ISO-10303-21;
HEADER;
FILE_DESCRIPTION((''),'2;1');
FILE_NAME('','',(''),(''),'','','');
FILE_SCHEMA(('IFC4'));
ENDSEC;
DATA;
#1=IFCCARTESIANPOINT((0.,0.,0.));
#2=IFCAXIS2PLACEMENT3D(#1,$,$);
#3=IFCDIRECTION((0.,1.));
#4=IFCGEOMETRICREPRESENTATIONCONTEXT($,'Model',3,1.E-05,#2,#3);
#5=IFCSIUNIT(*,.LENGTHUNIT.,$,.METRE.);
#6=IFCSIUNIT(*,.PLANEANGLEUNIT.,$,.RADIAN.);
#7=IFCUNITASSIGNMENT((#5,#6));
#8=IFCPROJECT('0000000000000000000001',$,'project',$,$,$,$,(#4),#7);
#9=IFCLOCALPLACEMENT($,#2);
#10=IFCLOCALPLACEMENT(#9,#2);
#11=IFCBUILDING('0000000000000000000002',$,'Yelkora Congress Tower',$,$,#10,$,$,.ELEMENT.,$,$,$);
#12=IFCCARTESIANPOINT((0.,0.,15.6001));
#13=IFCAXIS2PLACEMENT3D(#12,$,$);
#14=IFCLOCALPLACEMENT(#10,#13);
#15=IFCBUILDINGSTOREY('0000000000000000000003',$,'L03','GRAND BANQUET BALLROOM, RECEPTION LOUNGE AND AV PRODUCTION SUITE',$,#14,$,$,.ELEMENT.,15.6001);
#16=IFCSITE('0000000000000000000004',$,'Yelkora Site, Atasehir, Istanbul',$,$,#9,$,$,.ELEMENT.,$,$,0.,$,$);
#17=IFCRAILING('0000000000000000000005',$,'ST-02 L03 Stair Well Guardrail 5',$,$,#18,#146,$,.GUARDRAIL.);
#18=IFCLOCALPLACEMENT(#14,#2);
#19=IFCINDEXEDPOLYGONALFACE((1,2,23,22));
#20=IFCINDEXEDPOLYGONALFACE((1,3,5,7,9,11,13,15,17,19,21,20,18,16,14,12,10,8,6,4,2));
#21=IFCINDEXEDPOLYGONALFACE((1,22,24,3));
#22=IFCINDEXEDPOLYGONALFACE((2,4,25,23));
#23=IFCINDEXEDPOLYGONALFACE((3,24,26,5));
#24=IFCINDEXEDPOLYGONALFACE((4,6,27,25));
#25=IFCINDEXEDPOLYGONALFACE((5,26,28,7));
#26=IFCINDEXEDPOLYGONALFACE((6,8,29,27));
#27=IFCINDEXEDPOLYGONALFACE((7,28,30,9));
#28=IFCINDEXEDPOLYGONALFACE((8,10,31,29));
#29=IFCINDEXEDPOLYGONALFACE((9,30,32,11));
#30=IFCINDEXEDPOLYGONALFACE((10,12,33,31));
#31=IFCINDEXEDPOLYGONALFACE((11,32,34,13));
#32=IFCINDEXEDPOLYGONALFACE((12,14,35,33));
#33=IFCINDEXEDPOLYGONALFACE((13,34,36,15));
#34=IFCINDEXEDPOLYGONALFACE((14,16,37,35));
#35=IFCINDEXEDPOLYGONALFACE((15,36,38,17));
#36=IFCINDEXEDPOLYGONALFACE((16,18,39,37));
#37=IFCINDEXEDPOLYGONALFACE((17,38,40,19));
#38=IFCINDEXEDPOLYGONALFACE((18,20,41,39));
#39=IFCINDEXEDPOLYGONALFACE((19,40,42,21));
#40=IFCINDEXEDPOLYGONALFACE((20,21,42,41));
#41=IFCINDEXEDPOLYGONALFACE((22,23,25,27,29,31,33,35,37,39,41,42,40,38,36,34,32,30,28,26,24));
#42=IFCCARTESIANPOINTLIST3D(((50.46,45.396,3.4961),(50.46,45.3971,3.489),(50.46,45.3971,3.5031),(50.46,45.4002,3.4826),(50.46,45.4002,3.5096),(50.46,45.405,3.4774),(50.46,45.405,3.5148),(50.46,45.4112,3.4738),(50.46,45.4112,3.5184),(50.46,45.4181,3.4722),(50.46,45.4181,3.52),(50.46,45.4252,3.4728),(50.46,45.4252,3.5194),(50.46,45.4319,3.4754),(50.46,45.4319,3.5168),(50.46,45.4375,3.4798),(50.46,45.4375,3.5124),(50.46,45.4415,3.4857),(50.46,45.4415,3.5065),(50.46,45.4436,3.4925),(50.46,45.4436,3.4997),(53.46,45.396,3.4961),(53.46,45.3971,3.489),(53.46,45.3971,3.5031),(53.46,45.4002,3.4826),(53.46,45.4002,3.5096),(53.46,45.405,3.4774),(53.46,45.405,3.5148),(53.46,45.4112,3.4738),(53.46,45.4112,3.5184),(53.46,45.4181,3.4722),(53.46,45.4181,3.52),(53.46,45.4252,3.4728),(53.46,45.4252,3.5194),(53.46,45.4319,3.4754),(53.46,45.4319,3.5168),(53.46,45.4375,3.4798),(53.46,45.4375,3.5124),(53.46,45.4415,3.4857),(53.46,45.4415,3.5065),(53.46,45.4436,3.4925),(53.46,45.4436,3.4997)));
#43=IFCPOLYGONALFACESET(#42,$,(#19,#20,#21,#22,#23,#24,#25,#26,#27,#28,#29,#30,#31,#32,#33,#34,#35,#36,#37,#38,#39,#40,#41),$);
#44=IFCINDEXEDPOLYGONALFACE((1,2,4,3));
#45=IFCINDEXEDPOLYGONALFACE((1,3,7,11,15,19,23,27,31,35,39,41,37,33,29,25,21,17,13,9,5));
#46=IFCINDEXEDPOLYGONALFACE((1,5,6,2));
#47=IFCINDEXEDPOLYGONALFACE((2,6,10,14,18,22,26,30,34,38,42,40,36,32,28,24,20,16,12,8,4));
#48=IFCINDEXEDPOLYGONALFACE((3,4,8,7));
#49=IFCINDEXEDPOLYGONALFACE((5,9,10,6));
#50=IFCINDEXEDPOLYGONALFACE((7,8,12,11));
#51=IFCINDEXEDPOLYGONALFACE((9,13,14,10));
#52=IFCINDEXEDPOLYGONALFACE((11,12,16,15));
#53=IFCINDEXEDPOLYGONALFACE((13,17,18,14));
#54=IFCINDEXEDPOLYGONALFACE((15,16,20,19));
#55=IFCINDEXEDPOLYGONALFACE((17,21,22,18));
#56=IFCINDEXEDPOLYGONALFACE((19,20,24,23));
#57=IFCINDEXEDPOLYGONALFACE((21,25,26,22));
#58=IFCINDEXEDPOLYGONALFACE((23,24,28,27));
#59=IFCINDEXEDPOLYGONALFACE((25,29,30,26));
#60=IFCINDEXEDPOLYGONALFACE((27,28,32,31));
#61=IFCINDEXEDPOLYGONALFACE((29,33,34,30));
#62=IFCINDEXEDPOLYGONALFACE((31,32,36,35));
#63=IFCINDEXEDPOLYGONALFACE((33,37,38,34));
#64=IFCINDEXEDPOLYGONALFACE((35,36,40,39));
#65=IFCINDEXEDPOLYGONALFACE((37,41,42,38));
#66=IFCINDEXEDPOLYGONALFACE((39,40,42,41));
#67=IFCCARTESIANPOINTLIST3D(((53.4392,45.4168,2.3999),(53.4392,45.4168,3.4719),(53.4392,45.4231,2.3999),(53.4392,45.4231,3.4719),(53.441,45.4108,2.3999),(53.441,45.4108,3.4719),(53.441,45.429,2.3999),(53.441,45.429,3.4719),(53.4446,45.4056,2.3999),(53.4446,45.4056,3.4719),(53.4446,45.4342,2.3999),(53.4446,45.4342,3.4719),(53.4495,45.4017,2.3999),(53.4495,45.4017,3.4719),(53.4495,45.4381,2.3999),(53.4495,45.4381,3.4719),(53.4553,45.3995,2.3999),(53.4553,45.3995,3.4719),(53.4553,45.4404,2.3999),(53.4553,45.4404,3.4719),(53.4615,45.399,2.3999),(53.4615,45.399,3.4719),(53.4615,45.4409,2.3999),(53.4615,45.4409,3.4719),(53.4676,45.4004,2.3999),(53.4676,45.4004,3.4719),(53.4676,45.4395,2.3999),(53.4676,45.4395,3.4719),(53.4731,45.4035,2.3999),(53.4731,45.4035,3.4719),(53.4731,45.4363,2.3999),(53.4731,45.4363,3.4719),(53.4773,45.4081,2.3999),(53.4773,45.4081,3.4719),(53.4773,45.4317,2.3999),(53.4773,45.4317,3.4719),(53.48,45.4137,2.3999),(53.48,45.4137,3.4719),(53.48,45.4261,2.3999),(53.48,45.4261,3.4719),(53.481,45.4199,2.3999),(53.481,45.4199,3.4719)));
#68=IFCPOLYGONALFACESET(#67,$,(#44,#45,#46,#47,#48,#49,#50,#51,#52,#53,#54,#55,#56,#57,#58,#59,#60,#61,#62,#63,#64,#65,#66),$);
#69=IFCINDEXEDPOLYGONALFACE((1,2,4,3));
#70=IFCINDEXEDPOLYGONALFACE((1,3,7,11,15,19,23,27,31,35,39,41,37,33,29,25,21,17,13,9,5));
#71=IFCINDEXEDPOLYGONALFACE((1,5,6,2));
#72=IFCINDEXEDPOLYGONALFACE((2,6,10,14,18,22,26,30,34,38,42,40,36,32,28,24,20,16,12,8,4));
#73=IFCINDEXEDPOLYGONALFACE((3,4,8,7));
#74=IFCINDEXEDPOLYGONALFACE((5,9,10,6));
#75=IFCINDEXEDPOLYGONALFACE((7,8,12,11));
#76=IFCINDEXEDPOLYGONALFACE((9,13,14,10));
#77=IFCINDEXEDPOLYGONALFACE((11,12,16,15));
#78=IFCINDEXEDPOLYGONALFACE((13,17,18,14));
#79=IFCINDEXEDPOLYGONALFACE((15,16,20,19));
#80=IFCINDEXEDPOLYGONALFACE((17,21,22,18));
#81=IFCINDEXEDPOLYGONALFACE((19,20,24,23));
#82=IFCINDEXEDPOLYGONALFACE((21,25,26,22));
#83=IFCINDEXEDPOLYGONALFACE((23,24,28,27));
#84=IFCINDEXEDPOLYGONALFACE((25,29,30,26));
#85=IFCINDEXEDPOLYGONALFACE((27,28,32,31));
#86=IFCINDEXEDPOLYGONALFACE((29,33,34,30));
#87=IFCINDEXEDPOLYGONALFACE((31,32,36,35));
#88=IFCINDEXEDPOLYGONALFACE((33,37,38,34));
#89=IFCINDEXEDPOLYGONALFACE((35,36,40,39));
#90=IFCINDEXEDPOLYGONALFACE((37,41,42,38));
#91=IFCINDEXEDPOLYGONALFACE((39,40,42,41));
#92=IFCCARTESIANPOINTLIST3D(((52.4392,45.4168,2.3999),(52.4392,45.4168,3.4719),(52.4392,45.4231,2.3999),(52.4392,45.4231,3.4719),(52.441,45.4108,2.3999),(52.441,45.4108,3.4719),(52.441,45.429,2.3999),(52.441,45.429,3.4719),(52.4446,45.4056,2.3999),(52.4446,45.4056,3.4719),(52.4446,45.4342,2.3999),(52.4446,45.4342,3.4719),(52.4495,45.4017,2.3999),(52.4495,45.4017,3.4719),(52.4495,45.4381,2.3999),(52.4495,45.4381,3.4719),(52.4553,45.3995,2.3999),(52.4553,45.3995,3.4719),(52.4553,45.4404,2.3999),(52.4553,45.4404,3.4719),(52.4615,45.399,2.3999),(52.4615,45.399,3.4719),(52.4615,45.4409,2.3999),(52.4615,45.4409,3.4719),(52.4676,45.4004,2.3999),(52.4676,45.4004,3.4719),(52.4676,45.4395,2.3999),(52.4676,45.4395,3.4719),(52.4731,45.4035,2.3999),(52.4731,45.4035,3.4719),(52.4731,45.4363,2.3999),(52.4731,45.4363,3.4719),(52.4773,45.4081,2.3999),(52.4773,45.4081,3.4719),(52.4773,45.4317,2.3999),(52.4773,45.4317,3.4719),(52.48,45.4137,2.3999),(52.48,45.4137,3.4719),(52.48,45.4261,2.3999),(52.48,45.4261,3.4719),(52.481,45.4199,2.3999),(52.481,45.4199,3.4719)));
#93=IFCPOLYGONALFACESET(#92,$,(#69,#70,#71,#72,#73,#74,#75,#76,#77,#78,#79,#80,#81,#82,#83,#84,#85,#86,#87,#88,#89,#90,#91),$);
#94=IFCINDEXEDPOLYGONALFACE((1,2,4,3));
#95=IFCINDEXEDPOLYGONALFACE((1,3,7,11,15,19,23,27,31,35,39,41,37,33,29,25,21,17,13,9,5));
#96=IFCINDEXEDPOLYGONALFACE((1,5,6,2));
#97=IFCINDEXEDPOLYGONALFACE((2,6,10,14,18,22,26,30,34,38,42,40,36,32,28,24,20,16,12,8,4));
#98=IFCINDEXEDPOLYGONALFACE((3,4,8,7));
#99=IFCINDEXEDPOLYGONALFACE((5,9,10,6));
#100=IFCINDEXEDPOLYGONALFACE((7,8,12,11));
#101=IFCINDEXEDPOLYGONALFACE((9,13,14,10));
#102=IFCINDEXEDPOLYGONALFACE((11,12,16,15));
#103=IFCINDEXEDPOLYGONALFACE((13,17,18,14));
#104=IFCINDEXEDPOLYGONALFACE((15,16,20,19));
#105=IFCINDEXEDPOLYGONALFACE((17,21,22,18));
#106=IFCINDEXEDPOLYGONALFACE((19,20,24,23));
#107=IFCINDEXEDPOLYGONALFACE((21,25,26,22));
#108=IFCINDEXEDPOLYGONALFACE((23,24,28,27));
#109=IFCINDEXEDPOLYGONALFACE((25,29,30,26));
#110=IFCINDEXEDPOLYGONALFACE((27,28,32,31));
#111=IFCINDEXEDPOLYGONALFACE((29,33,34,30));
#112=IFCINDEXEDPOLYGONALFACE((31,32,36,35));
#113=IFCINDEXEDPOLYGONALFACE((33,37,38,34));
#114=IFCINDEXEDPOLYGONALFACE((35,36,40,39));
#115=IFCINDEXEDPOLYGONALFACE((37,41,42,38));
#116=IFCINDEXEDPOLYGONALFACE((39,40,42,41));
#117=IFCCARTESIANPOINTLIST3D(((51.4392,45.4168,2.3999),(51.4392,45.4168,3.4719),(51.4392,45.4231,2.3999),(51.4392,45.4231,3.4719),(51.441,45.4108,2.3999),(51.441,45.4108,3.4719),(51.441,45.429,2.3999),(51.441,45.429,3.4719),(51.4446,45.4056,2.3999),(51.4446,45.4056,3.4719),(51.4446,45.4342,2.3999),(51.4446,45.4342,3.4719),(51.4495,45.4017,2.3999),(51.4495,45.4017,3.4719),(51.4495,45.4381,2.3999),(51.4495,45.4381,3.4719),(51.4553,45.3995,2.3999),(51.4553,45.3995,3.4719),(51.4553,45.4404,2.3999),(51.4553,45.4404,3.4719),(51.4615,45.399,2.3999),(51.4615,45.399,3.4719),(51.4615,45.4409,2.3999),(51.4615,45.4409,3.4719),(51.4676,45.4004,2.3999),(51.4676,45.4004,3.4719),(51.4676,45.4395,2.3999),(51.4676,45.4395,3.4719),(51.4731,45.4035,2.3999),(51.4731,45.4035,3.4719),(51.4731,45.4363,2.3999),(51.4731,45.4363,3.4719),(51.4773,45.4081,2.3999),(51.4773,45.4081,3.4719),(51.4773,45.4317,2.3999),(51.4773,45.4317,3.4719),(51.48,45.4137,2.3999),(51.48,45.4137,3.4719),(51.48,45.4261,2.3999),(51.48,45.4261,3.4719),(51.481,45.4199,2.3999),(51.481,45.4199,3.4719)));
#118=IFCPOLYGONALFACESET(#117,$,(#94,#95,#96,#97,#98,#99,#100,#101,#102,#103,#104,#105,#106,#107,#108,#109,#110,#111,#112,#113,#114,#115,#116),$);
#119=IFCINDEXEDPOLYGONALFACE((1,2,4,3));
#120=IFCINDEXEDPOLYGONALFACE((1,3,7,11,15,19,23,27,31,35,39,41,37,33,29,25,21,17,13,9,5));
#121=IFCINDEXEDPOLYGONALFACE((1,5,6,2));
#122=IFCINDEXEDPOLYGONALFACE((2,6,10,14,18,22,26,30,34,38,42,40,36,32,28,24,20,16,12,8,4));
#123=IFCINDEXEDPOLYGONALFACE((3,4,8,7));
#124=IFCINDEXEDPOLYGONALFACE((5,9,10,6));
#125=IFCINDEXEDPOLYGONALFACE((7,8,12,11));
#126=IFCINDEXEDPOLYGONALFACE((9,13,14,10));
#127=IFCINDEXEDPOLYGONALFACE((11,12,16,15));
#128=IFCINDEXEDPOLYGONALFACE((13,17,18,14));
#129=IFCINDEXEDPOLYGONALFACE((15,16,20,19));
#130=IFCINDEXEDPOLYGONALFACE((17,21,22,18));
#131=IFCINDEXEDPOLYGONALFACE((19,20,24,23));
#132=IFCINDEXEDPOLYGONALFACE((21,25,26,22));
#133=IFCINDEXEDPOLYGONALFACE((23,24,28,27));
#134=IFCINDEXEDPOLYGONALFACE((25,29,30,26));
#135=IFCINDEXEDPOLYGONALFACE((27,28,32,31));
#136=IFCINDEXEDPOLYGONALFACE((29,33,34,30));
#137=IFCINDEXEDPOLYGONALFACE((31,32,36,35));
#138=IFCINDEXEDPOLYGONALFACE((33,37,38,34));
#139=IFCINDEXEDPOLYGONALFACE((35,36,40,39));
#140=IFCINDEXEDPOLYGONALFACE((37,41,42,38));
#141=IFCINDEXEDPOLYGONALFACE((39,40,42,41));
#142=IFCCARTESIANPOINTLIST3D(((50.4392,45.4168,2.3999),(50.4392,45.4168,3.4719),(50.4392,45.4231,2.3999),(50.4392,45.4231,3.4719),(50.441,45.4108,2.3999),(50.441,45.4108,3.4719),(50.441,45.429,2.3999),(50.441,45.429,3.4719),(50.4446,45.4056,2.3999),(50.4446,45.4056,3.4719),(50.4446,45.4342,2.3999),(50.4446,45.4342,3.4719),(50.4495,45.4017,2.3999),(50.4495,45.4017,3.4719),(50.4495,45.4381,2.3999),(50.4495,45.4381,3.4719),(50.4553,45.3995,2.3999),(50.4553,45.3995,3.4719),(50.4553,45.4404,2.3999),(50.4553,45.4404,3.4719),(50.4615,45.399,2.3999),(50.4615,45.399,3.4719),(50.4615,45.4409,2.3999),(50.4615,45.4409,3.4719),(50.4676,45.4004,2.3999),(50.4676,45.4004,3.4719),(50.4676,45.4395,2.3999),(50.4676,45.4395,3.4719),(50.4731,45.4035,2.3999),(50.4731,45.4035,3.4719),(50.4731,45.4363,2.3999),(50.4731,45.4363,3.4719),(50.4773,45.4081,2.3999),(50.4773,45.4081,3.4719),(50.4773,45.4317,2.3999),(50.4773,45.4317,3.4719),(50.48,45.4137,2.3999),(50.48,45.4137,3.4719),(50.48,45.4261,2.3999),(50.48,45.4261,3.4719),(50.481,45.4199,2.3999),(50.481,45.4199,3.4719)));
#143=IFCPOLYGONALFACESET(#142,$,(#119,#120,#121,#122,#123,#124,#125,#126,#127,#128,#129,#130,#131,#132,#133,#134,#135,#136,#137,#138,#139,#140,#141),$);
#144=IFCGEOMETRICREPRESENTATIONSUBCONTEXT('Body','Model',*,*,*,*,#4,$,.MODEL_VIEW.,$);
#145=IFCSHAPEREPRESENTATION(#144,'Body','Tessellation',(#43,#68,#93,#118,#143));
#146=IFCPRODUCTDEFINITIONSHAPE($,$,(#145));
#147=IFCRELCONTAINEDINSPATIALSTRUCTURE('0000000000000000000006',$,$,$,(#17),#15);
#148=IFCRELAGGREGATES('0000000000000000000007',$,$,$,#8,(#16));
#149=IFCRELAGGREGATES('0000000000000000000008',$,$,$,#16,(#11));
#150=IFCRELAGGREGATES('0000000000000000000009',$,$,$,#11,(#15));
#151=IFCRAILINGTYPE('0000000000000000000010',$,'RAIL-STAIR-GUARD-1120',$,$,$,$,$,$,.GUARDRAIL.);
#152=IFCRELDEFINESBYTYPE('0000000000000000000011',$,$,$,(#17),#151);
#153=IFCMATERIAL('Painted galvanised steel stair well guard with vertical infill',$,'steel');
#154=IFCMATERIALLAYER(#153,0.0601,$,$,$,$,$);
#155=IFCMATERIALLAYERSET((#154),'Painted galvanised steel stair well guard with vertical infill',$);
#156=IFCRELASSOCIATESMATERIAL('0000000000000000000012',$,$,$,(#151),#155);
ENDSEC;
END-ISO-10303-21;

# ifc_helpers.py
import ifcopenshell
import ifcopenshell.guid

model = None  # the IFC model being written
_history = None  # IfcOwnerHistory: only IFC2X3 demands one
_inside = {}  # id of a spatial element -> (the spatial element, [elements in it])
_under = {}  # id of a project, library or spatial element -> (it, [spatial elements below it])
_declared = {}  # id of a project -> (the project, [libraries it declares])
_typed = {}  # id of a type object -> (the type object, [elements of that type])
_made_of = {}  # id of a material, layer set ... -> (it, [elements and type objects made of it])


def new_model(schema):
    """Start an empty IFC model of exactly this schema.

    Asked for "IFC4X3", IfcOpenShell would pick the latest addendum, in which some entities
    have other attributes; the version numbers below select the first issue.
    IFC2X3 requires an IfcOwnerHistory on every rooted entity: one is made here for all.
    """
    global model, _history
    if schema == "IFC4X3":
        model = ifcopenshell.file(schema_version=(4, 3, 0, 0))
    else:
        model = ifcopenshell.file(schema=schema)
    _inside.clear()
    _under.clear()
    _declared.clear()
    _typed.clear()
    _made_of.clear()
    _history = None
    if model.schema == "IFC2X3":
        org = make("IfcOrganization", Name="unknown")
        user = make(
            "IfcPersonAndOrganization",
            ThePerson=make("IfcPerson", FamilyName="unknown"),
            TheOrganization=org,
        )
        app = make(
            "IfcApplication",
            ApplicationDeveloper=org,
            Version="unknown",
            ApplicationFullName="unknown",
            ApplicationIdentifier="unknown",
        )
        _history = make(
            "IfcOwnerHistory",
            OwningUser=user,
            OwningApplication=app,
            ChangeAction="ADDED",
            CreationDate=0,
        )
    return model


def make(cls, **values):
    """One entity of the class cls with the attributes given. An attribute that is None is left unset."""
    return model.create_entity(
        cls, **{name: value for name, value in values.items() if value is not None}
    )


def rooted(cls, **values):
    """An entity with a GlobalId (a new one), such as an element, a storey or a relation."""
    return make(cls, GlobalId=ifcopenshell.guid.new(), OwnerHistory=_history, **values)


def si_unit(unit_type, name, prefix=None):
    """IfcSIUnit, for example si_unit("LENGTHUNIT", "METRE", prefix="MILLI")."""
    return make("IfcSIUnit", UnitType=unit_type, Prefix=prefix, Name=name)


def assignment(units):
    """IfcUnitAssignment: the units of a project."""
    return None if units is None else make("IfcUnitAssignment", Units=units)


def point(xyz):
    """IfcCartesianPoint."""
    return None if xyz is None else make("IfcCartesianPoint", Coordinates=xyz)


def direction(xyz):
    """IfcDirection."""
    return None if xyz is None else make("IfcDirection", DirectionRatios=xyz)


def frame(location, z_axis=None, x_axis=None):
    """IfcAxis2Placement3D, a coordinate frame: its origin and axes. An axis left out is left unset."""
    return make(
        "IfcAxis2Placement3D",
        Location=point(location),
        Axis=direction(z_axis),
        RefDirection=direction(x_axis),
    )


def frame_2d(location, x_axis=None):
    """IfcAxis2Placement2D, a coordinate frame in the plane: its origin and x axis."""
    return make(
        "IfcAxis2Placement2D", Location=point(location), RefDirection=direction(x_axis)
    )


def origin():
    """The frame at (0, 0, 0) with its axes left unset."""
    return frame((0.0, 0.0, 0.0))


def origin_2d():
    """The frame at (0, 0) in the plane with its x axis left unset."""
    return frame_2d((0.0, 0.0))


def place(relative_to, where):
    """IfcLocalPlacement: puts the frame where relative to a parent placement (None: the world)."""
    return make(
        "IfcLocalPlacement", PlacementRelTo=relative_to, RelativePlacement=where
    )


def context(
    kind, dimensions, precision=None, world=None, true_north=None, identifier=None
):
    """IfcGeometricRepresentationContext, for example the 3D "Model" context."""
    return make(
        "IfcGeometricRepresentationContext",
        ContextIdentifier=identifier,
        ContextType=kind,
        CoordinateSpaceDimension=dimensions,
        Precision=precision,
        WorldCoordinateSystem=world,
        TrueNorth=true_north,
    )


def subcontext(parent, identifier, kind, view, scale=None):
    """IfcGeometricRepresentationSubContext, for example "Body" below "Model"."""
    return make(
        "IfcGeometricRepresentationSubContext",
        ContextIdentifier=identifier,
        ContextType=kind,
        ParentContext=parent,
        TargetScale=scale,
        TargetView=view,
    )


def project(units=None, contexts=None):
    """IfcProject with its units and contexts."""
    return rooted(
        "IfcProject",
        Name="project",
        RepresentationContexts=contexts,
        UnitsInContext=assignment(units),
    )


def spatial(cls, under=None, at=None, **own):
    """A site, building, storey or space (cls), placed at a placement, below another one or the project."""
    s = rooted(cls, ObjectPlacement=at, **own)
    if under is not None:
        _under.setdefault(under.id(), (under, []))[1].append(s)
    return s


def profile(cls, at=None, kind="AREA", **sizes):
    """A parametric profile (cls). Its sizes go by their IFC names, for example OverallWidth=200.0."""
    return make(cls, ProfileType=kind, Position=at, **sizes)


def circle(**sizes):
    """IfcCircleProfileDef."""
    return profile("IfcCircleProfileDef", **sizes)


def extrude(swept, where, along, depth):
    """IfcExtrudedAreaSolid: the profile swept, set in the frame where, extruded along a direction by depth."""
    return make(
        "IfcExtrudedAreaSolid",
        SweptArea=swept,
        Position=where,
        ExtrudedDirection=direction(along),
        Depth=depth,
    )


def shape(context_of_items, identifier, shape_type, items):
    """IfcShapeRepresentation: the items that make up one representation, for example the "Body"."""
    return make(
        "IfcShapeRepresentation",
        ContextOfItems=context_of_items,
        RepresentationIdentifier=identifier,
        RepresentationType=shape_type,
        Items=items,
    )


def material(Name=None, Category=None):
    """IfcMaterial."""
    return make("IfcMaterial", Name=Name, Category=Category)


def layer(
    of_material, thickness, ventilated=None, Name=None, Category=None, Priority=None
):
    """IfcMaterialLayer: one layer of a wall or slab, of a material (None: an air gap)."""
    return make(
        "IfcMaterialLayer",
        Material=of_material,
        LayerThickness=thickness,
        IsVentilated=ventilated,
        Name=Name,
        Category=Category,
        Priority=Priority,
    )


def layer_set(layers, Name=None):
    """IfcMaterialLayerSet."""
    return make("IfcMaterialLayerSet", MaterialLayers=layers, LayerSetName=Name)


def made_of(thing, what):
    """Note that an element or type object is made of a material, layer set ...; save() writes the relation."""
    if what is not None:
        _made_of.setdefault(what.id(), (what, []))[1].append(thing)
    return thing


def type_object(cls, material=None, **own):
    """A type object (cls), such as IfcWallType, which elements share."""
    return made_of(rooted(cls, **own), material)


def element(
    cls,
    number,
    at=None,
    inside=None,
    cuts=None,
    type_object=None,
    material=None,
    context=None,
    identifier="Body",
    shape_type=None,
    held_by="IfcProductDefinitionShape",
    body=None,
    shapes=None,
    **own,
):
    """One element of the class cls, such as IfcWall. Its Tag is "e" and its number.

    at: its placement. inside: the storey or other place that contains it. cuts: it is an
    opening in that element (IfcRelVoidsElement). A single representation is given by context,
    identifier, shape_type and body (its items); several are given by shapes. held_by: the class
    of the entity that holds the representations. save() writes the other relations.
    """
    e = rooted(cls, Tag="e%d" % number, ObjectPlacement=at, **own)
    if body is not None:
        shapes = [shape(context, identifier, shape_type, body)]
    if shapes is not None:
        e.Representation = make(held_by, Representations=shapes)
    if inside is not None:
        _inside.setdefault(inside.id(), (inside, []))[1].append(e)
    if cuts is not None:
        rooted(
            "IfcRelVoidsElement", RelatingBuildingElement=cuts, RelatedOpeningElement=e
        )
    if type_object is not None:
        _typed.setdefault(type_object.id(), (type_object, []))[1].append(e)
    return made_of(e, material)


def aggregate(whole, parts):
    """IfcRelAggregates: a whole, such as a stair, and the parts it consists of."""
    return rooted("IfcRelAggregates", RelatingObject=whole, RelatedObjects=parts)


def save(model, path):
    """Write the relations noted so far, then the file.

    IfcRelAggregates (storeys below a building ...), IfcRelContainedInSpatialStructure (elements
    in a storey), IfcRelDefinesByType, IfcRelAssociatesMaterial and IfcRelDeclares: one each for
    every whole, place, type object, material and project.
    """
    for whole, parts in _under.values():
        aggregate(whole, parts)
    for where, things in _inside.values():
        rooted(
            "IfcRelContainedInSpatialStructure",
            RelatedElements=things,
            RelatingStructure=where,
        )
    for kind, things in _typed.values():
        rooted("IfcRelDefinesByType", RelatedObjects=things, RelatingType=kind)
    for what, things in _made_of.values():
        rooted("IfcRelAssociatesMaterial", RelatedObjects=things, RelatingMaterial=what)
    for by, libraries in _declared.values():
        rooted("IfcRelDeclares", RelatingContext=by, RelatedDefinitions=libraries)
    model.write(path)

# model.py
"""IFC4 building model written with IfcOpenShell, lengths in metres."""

from ifc_helpers import new_model, si_unit, direction, frame, origin, origin_2d, place, context, subcontext, project, spatial, circle, extrude, material, layer, layer_set, type_object, element, save


model = new_model("IFC4")

# Units and contexts
model_context = context("Model", 3, precision=1e-05, world=origin(), true_north=direction((0.0, 1.0)))
body_context = subcontext(model_context, "Body", "Model", "MODEL_VIEW")
ifc_project = project(units=[si_unit("LENGTHUNIT", "METRE"), si_unit("PLANEANGLEUNIT", "RADIAN")], contexts=[model_context])

# Site, building, storey
site_placement = place(None, origin())
site = spatial("IfcSite", under=ifc_project, at=site_placement, Name="Yelkora Site, Atasehir, Istanbul", CompositionType="ELEMENT", RefElevation=0.0)
building_placement = place(site_placement, origin())
building = spatial("IfcBuilding", under=site, at=building_placement, Name="Yelkora Congress Tower", CompositionType="ELEMENT")
storey_placement = place(building_placement, frame((0.0, 0.0, 15.6001)))
storey = spatial("IfcBuildingStorey", under=building, at=storey_placement, Name="L03", Description="GRAND BANQUET BALLROOM, RECEPTION LOUNGE AND AV PRODUCTION SUITE", CompositionType="ELEMENT", Elevation=15.6001)

# Railing
ifc_material_1 = material(Name="Painted galvanised steel stair well guard with vertical infill", Category="steel")
ifc_layer_1 = layer(ifc_material_1, 0.0601)
ifc_layer_set_1 = layer_set([ifc_layer_1], Name="Painted galvanised steel stair well guard with vertical infill")
railing_type_1 = type_object("IfcRailingType", Name="RAIL-STAIR-GUARD-1120", PredefinedType="GUARDRAIL", material=ifc_layer_set_1)
railing_1_placement = place(storey_placement, frame((53.46, 45.4199, 2.3999)))
element("IfcRailing", 1, at=railing_1_placement, inside=storey, type_object=railing_type_1, Name="ST-02 L03 Stair Well Guardrail 5", PredefinedType="GUARDRAIL", context=body_context, shape_type="SweptSolid", body=[
    extrude(circle(Radius=0.0239, at=origin_2d()), frame((0.0, 0.0, 1.0962), z_axis=(-1.0, 0.0, 0.0), x_axis=(0.0, -1.0, 0.0)), (0.0, 0.0, 1.0), 3.0),
    extrude(circle(Radius=0.021, at=origin_2d()), origin(), (0.0, 0.0, 1.0), 1.072),
    extrude(circle(Radius=0.021, at=origin_2d()), frame((-1.0, 0.0, 0.0)), (0.0, 0.0, 1.0), 1.072),
    extrude(circle(Radius=0.021, at=origin_2d()), frame((-2.0, 0.0, 0.0)), (0.0, 0.0, 1.0), 1.072),
    extrude(circle(Radius=0.021, at=origin_2d()), frame((-3.0, 0.0, 0.0)), (0.0, 0.0, 1.0), 1.072),
])

save(model, "model.ifc")
